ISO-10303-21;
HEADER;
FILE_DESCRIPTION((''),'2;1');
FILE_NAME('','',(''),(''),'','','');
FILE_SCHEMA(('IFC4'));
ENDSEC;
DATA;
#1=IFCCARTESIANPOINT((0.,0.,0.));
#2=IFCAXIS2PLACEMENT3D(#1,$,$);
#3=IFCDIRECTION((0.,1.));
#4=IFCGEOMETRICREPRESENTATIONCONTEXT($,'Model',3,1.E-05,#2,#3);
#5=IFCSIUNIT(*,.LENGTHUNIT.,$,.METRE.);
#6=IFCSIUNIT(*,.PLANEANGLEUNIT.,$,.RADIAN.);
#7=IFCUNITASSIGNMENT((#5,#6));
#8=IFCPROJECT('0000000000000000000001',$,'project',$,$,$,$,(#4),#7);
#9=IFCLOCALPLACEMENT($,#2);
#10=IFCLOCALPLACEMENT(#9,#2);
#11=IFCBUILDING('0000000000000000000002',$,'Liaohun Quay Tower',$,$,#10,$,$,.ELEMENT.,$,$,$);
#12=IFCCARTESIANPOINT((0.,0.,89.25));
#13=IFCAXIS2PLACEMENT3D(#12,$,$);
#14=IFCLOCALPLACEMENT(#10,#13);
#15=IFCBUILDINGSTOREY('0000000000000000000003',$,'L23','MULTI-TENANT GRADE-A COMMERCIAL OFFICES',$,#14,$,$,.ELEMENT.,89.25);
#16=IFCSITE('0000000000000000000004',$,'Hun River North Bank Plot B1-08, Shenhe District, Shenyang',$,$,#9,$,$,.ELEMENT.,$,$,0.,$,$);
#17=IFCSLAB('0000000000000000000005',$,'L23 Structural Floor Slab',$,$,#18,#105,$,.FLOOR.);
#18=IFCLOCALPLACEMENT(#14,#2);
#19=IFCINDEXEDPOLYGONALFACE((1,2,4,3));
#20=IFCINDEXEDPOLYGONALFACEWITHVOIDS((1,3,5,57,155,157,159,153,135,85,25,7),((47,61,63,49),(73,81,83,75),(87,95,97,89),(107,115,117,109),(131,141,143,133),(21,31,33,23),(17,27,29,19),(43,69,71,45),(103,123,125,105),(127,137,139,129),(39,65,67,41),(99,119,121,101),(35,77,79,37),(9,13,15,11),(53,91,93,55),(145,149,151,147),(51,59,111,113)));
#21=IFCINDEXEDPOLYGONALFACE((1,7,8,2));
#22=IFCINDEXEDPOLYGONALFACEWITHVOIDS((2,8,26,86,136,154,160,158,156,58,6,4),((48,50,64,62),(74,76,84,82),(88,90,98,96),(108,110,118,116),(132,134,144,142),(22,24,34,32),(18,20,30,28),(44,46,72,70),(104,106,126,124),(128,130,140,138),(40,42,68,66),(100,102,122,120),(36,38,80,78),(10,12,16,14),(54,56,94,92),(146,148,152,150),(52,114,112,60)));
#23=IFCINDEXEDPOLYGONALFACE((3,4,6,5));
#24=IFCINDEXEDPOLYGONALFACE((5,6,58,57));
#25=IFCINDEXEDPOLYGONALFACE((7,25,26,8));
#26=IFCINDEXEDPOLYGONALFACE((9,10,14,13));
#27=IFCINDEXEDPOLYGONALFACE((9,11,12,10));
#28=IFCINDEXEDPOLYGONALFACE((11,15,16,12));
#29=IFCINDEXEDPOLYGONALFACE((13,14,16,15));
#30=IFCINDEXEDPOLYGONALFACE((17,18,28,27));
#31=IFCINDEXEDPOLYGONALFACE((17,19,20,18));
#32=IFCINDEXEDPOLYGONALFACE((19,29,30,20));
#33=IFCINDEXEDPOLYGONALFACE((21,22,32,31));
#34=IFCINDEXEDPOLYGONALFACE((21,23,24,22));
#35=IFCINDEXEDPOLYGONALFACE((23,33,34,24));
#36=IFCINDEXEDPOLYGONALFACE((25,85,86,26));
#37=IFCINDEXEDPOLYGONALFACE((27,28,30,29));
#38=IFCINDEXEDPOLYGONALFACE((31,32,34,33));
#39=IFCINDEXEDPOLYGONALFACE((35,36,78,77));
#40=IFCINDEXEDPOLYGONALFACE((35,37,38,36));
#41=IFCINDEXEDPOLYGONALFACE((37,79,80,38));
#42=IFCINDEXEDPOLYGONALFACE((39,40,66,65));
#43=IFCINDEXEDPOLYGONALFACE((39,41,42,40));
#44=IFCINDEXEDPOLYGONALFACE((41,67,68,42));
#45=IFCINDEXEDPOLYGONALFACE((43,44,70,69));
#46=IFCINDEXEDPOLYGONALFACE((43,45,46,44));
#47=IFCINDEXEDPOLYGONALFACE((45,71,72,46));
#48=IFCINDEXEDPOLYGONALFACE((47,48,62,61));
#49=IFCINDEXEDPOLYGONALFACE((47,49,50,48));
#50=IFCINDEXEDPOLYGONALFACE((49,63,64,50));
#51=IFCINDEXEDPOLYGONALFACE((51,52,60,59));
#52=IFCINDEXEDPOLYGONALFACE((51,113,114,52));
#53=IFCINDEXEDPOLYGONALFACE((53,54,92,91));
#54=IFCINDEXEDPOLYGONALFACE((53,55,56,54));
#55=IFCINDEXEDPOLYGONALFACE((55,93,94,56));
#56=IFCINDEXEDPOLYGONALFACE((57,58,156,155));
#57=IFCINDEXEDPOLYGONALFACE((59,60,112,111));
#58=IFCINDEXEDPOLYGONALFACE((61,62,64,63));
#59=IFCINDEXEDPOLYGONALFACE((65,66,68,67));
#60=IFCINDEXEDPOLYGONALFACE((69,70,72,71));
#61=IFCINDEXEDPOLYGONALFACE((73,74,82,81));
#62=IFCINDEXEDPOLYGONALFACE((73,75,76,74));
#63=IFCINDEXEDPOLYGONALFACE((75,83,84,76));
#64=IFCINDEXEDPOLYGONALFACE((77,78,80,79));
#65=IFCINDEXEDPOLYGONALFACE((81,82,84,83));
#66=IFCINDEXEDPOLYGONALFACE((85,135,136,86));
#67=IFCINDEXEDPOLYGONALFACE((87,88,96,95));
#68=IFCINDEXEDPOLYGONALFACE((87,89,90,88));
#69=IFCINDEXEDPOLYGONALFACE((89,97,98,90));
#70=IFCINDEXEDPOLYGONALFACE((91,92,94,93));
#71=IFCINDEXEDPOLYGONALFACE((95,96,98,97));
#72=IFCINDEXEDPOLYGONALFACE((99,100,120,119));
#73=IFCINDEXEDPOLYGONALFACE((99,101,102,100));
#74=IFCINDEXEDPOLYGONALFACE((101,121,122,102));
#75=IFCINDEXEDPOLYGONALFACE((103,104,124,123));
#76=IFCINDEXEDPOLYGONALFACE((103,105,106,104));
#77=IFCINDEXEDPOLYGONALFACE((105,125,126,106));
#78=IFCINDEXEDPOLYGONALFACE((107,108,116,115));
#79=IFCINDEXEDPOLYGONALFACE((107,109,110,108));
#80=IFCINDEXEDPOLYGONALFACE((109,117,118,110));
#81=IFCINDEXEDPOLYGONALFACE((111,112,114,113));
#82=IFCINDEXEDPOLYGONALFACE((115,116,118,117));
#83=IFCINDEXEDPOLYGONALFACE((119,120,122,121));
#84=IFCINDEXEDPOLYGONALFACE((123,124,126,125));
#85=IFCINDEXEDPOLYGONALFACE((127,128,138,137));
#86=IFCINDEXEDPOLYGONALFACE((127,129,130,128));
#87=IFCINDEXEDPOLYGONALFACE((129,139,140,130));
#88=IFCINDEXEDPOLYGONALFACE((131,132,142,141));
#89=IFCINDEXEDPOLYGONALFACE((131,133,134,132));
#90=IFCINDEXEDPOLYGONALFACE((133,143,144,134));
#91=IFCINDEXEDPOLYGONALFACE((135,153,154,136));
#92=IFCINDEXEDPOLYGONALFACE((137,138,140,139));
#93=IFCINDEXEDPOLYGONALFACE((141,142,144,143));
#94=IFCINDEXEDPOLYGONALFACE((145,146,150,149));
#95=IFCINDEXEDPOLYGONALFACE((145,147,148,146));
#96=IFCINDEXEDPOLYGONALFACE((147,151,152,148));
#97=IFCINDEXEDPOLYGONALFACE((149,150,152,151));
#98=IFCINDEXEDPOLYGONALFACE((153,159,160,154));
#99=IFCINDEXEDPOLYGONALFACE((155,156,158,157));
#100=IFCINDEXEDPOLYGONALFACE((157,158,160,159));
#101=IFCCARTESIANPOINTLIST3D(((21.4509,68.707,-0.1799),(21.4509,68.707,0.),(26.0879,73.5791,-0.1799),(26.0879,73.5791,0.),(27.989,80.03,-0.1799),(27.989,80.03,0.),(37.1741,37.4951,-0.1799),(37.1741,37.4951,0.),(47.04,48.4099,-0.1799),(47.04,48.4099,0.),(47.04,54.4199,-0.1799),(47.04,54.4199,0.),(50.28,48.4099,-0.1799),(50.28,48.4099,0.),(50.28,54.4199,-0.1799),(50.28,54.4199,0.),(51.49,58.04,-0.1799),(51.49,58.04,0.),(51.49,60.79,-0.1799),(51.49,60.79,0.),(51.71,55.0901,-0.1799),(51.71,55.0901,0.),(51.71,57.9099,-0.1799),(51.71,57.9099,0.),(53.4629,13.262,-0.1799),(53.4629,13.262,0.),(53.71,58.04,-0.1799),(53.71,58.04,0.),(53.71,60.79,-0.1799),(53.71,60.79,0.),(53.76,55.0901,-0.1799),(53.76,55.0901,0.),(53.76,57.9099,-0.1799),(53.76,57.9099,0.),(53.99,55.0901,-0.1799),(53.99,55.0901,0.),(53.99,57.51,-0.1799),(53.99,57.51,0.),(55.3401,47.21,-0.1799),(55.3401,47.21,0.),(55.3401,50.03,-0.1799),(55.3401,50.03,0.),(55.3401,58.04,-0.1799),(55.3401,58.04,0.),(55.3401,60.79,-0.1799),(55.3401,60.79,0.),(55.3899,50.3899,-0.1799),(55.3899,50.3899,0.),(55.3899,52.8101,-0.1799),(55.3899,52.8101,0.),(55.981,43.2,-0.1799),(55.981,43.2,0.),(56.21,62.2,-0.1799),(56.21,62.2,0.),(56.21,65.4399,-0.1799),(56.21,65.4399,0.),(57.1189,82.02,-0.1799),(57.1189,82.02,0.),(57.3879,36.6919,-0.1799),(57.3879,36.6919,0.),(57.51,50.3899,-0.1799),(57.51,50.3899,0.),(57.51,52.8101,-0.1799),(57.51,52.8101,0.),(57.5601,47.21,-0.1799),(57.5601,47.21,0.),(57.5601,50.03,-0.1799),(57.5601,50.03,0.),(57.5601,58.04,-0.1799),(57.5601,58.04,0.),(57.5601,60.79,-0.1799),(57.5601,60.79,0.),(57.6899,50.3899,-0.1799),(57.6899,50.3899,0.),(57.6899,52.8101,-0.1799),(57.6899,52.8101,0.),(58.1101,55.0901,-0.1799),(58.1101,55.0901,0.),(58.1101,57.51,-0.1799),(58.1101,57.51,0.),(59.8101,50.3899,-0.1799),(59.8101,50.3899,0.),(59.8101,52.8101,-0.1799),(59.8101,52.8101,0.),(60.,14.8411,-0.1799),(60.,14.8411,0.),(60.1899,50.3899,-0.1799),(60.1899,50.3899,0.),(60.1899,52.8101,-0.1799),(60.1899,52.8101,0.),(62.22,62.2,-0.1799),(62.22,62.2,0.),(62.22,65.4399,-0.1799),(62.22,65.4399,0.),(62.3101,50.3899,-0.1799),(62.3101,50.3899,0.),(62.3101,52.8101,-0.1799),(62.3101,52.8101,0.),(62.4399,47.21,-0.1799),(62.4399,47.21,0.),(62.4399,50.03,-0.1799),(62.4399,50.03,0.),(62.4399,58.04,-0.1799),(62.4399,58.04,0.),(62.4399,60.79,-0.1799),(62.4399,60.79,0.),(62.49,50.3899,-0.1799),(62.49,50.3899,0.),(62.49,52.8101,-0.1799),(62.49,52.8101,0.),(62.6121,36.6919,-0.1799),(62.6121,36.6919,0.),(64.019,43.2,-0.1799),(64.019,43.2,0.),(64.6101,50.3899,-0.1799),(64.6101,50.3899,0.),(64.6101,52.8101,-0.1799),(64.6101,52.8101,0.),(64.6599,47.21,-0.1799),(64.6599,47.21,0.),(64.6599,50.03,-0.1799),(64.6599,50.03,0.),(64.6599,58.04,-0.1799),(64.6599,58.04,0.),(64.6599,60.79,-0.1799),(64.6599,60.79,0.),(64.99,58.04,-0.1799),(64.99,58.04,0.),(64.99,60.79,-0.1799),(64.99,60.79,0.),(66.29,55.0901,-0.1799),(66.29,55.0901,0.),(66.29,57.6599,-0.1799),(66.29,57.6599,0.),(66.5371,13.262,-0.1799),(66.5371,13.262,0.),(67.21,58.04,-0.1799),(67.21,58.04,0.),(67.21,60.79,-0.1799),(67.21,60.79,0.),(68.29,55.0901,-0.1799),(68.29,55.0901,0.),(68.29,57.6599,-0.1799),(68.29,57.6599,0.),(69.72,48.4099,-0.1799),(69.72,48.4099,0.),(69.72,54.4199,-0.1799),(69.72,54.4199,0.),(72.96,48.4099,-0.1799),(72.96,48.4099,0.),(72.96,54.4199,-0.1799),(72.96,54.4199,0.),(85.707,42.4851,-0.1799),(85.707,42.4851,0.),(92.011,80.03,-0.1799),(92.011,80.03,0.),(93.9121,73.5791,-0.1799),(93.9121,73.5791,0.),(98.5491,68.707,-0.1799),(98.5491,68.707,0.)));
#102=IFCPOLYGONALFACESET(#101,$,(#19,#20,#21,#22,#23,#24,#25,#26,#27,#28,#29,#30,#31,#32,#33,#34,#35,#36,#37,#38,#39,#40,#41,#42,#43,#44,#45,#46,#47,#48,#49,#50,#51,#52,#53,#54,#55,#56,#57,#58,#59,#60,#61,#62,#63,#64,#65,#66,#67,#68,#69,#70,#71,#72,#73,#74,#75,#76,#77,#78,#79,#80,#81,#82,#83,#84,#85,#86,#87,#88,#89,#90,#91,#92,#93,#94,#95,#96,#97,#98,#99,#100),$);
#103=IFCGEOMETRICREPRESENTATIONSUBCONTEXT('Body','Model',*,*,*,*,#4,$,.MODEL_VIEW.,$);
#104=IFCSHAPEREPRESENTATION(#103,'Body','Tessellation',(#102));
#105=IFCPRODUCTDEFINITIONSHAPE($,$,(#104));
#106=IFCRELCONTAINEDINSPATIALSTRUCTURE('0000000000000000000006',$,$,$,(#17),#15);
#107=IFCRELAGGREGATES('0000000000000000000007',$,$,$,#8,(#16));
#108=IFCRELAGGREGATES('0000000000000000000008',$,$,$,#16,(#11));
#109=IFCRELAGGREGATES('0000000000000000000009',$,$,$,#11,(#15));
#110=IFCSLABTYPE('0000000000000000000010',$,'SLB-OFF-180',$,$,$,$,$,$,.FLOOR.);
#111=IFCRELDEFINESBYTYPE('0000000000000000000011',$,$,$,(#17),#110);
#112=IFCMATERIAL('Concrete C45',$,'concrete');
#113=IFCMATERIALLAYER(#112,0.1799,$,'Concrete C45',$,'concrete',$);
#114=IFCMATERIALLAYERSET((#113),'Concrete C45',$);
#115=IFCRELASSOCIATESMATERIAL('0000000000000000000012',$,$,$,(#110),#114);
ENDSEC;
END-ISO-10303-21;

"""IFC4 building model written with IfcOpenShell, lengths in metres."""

from ifc_helpers import new_model, si_unit, direction, frame, origin, place, context, subcontext, project, spatial, polyline, outline, extrude, material, layer, layer_set, type_object, element, save


model = new_model("IFC4")

# Units and contexts
model_context = context("Model", 3, precision=1e-05, world=origin(), true_north=direction((0.0, 1.0)))
body_context = subcontext(model_context, "Body", "Model", "MODEL_VIEW")
ifc_project = project(units=[si_unit("LENGTHUNIT", "METRE"), si_unit("PLANEANGLEUNIT", "RADIAN")], contexts=[model_context])

# Site, building, storey
site_placement = place(None, origin())
site = spatial("IfcSite", under=ifc_project, at=site_placement, Name="Hun River North Bank Plot B1-08, Shenhe District, Shenyang", CompositionType="ELEMENT", RefElevation=0.0)
building_placement = place(site_placement, origin())
building = spatial("IfcBuilding", under=site, at=building_placement, Name="Liaohun Quay Tower", CompositionType="ELEMENT")
storey_placement = place(building_placement, frame((0.0, 0.0, 89.25)))
storey = spatial("IfcBuildingStorey", under=building, at=storey_placement, Name="L23", Description="MULTI-TENANT GRADE-A COMMERCIAL OFFICES", CompositionType="ELEMENT", Elevation=89.25)

# Shared definitions
ifc_material_1 = material(Name="Concrete C45", Category="concrete")

# Slab
ifc_layer_1 = layer(ifc_material_1, 0.1799, Name="Concrete C45", Category="concrete")
ifc_layer_set_1 = layer_set([ifc_layer_1], Name="Concrete C45")
slab_type_1 = type_object("IfcSlabType", Name="SLB-OFF-180", PredefinedType="FLOOR", material=ifc_layer_set_1)
slab_1_placement = place(storey_placement, frame((0.0, 0.0, -0.1799)))
element("IfcSlab", 1, at=slab_1_placement, inside=storey, type_object=slab_type_1, Name="L23 Structural Floor Slab", PredefinedType="FLOOR", context=body_context, shape_type="SweptSolid", body=[
    extrude(outline(polyline([(53.4629, 13.262), (60.0, 14.8411), (66.5371, 13.262), (85.707, 42.4851), (98.5491, 68.707), (93.9121, 73.5791), (92.011, 80.03), (57.1189, 82.02), (27.989, 80.03), (26.0879, 73.5791), (21.4509, 68.707), (37.1741, 37.4951), (53.4629, 13.262)]), holes=[polyline([(57.5601, 47.21), (57.5601, 50.03), (55.3401, 50.03), (55.3401, 47.21), (57.5601, 47.21)]), polyline([(50.28, 54.4199), (47.04, 54.4199), (47.04, 48.4099), (50.28, 48.4099), (50.28, 54.4199)]), polyline([(57.51, 50.3899), (57.51, 52.8101), (55.3899, 52.8101), (55.3899, 50.3899), (57.51, 50.3899)]), polyline([(59.8101, 50.3899), (59.8101, 52.8101), (57.6899, 52.8101), (57.6899, 50.3899), (59.8101, 50.3899)]), polyline([(58.1101, 57.51), (53.99, 57.51), (53.99, 55.0901), (58.1101, 55.0901), (58.1101, 57.51)]), polyline([(53.76, 55.0901), (53.76, 57.9099), (51.71, 57.9099), (51.71, 55.0901), (53.76, 55.0901)]), polyline([(51.49, 58.04), (53.71, 58.04), (53.71, 60.79), (51.49, 60.79), (51.49, 58.04)]), polyline([(55.3401, 58.04), (57.5601, 58.04), (57.5601, 60.79), (55.3401, 60.79), (55.3401, 58.04)]), polyline([(62.6121, 36.6919), (64.019, 43.2), (55.981, 43.2), (57.3879, 36.6919), (62.6121, 36.6919)]), polyline([(64.6599, 47.21), (64.6599, 50.03), (62.4399, 50.03), (62.4399, 47.21), (64.6599, 47.21)]), polyline([(72.96, 54.4199), (69.72, 54.4199), (69.72, 48.4099), (72.96, 48.4099), (72.96, 54.4199)]), polyline([(62.3101, 50.3899), (62.3101, 52.8101), (60.1899, 52.8101), (60.1899, 50.3899), (62.3101, 50.3899)]), polyline([(64.6101, 50.3899), (64.6101, 52.8101), (62.49, 52.8101), (62.49, 50.3899), (64.6101, 50.3899)]), polyline([(68.29, 55.0901), (68.29, 57.6599), (66.29, 57.6599), (66.29, 55.0901), (68.29, 55.0901)]), polyline([(64.6599, 58.04), (64.6599, 60.79), (62.4399, 60.79), (62.4399, 58.04), (64.6599, 58.04)]), polyline([(64.99, 58.04), (67.21, 58.04), (67.21, 60.79), (64.99, 60.79), (64.99, 58.04)]), polyline([(56.21, 62.2), (62.22, 62.2), (62.22, 65.4399), (56.21, 65.4399), (56.21, 62.2)])]), origin(), (0.0, 0.0, 1.0), 0.1799),
])

save(model, "model.ifc")
